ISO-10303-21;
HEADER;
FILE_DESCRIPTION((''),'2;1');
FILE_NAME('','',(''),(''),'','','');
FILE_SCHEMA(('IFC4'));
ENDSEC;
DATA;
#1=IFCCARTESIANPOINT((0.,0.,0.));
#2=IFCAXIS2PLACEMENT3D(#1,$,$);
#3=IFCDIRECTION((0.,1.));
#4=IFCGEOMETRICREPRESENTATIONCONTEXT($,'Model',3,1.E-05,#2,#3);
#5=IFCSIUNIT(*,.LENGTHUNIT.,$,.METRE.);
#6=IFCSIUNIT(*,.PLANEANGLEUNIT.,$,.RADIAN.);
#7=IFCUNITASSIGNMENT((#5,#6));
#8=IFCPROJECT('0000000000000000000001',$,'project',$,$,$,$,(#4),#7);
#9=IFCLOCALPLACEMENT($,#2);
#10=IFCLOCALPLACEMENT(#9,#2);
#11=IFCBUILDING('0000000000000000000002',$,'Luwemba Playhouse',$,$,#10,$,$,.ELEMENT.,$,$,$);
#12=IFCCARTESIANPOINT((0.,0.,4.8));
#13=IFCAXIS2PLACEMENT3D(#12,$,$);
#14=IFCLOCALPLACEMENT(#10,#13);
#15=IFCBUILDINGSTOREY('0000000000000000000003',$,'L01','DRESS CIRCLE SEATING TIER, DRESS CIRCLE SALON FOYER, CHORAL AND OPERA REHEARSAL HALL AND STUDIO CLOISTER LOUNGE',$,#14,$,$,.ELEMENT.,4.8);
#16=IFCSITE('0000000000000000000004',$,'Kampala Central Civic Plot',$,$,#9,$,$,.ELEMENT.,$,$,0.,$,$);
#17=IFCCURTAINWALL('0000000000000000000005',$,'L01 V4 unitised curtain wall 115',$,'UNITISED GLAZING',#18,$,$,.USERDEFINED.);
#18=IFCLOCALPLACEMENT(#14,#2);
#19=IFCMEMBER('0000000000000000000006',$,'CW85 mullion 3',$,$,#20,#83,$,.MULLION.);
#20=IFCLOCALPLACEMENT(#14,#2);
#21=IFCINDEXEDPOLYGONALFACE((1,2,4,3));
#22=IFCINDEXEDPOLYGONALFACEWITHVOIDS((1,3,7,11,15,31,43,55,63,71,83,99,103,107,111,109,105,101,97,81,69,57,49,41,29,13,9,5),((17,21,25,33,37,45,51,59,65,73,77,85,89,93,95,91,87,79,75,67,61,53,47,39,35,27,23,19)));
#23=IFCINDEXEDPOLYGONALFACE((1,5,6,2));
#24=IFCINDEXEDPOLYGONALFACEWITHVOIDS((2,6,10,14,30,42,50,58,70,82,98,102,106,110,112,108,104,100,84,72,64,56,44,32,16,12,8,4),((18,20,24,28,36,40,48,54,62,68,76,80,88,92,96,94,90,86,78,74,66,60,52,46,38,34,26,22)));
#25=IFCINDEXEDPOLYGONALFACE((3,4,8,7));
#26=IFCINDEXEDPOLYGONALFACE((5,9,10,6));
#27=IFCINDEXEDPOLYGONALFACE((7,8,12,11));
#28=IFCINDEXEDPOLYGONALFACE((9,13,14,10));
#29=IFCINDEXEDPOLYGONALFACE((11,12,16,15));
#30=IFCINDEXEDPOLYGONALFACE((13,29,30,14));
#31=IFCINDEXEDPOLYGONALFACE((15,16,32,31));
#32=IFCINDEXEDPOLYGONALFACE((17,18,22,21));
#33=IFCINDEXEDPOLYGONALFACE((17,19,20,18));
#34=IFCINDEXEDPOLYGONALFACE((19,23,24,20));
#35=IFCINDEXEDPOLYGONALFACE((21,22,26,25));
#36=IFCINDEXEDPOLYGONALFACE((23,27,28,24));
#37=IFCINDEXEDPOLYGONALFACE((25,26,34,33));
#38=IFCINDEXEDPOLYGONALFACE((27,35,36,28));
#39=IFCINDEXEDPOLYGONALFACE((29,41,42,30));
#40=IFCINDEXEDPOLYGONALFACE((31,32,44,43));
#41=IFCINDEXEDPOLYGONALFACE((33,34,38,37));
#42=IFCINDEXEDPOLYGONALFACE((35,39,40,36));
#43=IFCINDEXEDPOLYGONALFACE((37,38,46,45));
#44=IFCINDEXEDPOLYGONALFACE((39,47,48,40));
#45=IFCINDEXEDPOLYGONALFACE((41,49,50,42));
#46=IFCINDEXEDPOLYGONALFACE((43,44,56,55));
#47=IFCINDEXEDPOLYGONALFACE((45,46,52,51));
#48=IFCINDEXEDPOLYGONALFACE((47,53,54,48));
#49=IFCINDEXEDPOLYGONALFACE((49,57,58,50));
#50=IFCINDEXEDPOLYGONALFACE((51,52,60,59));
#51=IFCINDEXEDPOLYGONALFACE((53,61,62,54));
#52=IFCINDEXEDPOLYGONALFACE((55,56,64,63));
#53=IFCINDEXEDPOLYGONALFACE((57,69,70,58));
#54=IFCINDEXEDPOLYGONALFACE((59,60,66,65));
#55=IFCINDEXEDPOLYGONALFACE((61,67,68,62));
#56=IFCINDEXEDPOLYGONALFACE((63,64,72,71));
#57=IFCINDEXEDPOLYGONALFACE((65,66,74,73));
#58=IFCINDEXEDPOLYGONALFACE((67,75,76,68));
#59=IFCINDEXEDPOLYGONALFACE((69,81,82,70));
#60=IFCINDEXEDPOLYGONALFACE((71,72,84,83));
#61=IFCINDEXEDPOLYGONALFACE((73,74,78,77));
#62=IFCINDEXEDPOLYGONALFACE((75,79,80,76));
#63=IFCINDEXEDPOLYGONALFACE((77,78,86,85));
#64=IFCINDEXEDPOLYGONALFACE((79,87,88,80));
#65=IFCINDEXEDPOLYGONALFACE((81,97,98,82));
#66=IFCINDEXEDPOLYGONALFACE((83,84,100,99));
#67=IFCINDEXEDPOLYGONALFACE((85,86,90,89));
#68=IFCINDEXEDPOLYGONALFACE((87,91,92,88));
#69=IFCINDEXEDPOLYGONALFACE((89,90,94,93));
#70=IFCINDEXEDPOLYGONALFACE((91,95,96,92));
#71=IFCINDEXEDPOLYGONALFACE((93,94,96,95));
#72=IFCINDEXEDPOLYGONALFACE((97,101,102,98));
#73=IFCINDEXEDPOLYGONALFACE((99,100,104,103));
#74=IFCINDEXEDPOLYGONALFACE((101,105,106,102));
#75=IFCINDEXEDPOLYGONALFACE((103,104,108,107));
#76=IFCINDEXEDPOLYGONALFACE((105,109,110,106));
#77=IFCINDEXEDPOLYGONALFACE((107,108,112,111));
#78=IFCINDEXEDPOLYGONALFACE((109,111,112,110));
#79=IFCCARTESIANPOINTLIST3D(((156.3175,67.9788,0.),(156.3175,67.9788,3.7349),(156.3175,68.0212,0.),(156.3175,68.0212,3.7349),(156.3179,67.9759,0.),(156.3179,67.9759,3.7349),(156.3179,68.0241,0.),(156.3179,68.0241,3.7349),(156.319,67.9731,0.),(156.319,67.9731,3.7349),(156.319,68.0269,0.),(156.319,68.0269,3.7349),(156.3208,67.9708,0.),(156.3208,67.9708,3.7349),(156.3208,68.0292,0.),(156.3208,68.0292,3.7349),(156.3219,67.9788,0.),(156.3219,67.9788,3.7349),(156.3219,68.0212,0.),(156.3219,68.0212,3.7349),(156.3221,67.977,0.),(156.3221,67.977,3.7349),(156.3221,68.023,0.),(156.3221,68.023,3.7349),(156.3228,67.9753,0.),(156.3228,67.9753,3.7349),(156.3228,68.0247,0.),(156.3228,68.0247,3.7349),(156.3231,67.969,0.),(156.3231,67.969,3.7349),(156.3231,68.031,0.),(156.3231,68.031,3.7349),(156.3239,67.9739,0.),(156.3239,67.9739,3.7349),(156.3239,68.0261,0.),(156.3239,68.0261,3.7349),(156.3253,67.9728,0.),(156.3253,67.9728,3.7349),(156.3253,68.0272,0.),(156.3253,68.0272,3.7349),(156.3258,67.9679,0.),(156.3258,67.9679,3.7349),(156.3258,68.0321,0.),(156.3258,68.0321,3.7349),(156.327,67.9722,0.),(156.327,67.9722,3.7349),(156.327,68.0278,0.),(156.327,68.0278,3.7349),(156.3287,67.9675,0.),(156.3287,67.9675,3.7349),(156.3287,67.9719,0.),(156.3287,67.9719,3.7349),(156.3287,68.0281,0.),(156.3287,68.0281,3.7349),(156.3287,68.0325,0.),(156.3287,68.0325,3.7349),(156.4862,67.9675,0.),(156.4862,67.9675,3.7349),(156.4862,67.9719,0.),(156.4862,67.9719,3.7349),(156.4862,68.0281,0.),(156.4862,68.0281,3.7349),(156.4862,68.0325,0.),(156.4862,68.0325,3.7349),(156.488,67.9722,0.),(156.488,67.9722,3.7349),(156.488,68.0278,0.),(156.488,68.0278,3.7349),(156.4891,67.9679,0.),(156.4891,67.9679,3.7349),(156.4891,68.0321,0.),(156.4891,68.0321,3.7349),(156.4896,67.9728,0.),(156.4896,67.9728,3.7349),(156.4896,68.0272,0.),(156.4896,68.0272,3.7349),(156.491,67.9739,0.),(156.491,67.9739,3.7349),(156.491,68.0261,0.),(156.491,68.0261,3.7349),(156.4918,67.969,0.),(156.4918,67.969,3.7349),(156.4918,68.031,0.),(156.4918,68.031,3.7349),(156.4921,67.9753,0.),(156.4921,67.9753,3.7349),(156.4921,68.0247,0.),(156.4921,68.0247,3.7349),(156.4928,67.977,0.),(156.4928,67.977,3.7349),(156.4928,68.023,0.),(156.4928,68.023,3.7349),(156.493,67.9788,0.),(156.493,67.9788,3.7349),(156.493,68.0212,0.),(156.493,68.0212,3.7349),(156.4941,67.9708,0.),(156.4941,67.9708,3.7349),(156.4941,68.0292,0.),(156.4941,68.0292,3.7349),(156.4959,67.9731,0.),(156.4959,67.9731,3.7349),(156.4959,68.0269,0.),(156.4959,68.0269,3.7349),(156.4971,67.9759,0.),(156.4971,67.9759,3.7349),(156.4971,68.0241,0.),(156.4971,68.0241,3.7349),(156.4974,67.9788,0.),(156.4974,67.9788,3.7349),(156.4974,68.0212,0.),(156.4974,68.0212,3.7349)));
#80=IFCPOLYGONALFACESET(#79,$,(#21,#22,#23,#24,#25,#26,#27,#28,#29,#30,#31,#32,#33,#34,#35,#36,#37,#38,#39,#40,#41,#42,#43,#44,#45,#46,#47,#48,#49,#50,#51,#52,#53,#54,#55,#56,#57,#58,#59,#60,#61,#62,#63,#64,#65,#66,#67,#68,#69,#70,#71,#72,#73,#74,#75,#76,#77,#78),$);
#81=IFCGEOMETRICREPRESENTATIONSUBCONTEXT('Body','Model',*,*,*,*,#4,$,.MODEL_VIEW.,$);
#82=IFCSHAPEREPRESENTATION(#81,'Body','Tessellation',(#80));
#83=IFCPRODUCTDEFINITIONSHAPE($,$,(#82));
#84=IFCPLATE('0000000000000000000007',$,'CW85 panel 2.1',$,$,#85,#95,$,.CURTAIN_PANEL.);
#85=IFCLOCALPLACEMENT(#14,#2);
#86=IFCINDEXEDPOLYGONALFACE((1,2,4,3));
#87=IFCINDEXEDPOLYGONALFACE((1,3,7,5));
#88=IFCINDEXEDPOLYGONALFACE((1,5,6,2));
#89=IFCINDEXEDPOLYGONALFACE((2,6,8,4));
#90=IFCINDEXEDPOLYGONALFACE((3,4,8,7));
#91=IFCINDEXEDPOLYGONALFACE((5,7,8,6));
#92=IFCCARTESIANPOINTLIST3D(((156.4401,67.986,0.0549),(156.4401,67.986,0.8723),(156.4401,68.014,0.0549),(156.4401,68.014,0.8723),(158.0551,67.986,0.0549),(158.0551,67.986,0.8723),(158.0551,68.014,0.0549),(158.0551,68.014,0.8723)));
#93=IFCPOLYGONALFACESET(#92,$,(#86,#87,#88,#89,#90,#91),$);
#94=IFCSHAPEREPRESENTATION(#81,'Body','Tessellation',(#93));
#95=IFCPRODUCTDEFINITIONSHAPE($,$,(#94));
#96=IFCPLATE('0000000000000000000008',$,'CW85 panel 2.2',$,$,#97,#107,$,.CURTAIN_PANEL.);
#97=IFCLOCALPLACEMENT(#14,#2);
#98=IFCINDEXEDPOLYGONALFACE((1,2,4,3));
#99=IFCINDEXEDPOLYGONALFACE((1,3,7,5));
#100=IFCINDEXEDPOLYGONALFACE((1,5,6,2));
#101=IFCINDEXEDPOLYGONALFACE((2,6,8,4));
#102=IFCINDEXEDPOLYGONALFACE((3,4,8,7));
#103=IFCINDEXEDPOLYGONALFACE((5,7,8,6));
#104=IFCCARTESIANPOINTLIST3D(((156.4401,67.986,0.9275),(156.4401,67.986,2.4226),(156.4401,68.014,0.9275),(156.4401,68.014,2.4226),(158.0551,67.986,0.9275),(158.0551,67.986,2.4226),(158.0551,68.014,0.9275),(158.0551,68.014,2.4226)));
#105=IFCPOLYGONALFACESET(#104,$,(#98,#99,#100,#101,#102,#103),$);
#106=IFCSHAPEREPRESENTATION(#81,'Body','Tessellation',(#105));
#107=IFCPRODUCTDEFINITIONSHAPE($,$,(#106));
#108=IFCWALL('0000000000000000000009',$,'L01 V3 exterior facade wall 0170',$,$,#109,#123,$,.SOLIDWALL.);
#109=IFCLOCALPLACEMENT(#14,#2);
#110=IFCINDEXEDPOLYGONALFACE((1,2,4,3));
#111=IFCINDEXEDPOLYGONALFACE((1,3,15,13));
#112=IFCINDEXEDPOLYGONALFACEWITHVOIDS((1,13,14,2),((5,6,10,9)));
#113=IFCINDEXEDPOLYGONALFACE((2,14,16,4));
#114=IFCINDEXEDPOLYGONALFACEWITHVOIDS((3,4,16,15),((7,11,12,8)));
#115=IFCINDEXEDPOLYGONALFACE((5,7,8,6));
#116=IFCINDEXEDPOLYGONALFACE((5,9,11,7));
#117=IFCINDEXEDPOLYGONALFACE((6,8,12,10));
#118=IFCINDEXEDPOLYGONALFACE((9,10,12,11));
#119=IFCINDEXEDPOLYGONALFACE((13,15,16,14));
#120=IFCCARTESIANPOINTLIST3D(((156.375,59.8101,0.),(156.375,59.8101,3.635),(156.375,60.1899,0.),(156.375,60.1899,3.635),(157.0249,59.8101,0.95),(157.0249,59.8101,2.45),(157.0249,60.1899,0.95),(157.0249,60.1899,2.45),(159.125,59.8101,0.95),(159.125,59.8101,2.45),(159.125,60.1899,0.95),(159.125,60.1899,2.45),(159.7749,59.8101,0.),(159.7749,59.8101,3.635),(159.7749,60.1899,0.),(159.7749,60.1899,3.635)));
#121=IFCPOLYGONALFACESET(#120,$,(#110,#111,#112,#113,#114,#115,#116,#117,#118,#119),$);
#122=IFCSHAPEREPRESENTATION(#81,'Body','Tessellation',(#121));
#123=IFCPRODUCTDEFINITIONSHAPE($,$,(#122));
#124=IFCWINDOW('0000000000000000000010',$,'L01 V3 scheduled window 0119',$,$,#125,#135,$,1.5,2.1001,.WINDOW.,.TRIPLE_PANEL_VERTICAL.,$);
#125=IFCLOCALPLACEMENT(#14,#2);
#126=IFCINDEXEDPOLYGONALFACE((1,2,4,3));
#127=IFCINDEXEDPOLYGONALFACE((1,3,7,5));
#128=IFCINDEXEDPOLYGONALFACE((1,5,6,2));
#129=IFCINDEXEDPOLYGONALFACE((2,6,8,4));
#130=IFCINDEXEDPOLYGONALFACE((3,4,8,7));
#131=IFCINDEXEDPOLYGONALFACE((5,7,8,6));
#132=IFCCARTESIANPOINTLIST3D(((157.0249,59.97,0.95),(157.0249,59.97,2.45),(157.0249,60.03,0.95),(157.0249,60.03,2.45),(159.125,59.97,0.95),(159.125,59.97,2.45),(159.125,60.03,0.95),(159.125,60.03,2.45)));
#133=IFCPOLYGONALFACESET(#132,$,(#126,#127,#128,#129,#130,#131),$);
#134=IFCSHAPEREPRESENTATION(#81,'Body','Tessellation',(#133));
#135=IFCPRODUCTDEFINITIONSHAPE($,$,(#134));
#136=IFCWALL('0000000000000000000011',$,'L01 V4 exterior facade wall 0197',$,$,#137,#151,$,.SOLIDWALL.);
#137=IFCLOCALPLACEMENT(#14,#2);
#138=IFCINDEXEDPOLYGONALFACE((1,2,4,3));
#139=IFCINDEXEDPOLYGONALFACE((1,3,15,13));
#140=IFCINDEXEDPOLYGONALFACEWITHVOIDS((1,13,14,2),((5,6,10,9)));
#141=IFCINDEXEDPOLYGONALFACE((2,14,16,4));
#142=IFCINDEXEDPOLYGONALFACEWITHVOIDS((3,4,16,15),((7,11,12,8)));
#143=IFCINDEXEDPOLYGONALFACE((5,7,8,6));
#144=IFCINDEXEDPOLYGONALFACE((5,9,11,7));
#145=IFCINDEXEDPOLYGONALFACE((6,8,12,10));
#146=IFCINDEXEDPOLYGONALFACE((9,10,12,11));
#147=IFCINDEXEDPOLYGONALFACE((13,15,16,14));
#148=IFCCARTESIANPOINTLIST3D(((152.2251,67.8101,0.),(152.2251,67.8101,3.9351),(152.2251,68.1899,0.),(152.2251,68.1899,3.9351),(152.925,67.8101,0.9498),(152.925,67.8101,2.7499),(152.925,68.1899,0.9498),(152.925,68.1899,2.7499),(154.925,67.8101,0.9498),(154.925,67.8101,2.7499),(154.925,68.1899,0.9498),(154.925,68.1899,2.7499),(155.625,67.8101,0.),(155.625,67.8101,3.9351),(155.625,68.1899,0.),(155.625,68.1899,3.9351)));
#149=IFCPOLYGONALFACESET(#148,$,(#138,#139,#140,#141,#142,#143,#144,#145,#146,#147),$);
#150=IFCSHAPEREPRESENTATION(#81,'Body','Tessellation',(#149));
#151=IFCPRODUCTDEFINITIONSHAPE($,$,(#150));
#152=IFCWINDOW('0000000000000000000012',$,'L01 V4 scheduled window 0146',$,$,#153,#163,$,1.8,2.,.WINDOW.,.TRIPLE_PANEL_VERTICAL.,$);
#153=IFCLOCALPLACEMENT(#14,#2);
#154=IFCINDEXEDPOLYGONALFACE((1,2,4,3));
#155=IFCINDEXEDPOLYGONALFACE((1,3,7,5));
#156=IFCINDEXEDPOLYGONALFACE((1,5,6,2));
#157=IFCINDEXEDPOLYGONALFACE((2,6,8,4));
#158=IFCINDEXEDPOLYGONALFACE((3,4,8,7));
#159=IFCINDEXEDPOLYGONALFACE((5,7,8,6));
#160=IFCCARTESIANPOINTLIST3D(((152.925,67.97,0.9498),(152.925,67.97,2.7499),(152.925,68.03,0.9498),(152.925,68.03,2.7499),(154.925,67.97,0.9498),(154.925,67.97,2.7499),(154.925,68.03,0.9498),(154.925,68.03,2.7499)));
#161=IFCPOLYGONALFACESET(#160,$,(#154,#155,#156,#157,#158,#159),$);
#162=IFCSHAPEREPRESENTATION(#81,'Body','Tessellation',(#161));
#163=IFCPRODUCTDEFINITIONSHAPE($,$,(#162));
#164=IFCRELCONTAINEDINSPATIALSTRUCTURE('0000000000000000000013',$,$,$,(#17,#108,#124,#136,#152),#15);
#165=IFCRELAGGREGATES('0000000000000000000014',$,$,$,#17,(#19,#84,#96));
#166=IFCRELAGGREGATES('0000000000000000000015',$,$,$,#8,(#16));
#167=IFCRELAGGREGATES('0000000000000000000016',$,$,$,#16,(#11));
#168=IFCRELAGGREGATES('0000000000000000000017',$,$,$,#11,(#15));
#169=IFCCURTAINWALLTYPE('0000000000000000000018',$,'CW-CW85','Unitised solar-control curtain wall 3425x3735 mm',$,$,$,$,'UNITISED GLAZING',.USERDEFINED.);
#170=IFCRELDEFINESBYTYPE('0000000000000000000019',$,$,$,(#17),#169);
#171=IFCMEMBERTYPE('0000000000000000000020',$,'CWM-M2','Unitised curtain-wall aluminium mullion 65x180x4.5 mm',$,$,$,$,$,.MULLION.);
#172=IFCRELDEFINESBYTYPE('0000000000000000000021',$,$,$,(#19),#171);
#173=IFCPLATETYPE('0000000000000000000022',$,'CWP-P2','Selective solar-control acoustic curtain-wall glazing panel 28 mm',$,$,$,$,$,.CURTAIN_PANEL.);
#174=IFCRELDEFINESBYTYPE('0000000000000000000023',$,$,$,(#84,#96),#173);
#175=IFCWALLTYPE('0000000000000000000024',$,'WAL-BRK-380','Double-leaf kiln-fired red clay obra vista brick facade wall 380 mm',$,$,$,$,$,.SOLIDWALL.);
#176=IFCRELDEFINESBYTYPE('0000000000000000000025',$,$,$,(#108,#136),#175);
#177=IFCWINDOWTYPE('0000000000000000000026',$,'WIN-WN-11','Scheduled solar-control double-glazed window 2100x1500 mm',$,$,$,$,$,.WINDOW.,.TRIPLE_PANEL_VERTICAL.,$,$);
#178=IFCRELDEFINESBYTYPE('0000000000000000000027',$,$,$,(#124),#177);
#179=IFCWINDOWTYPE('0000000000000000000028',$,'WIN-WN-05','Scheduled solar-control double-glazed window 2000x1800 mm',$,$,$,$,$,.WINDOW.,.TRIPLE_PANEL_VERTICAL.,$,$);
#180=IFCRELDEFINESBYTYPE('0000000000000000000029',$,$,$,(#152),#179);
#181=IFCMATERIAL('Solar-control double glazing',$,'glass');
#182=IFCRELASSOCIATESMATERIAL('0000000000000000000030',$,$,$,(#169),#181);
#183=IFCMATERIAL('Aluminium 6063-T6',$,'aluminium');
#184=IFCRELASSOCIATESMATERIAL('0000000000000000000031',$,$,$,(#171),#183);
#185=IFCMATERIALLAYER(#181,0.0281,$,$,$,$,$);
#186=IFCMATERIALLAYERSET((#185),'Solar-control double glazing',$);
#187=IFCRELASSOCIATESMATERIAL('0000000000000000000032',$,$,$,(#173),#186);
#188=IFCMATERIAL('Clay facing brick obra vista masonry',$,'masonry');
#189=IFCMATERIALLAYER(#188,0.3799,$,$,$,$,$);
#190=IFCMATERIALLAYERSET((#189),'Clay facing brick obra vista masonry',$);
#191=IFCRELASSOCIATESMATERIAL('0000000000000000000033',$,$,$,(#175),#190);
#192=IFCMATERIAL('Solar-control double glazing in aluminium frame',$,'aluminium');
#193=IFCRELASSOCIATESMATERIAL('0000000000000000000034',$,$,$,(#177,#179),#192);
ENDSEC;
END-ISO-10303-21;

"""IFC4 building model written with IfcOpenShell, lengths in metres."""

from ifc_helpers import new_model, si_unit, direction, frame, frame_2d, origin, origin_2d, place, context, subcontext, project, spatial, rectangle, hollow_rectangle, extrude, material, layer, layer_set, material_profile, profile_set, type_object, element, fill, aggregate, save


model = new_model("IFC4")

# Units and contexts
model_context = context("Model", 3, precision=1e-05, world=origin(), true_north=direction((0.0, 1.0)))
body_context = subcontext(model_context, "Body", "Model", "MODEL_VIEW")
ifc_project = project(units=[si_unit("LENGTHUNIT", "METRE"), si_unit("PLANEANGLEUNIT", "RADIAN")], contexts=[model_context])

# Site, building, storey
site_placement = place(None, origin())
site = spatial("IfcSite", under=ifc_project, at=site_placement, Name="Kampala Central Civic Plot", CompositionType="ELEMENT", RefElevation=0.0)
building_placement = place(site_placement, origin())
building = spatial("IfcBuilding", under=site, at=building_placement, Name="Luwemba Playhouse", CompositionType="ELEMENT")
storey_placement = place(building_placement, frame((0.0, 0.0, 4.8)))
storey = spatial("IfcBuildingStorey", under=building, at=storey_placement, Name="L01", Description="DRESS CIRCLE SEATING TIER, DRESS CIRCLE SALON FOYER, CHORAL AND OPERA REHEARSAL HALL AND STUDIO CLOISTER LOUNGE", CompositionType="ELEMENT", Elevation=4.8)

# Curtain wall, member, plates
ifc_material_1 = material(Name="Solar-control double glazing", Category="glass")
curtain_wall_type = type_object("IfcCurtainWallType", Name="CW-CW85", Description="Unitised solar-control curtain wall 3425x3735 mm", ElementType="UNITISED GLAZING", PredefinedType="USERDEFINED", material=ifc_material_1)
curtain_wall_placement = place(storey_placement, origin())
curtain_wall = element("IfcCurtainWall", 1, at=curtain_wall_placement, inside=storey, type_object=curtain_wall_type, Name="L01 V4 unitised curtain wall 115", ObjectType="UNITISED GLAZING", PredefinedType="USERDEFINED")
ifc_material_2 = material(Name="Aluminium 6063-T6", Category="aluminium")
ifc_material_profile_1 = material_profile(ifc_material_2, hollow_rectangle(XDim=0.0649, YDim=0.1799, WallThickness=0.0044, InnerFilletRadius=0.0068, OuterFilletRadius=0.0112, at=origin_2d()))
ifc_profile_set_1 = profile_set([ifc_material_profile_1], Name="Aluminium 6063-T6")
member_type = type_object("IfcMemberType", Name="CWM-M2", Description="Unitised curtain-wall aluminium mullion 65x180x4.5 mm", PredefinedType="MULLION", material=ifc_profile_set_1)
member_placement = place(storey_placement, frame((156.4075, 68.0, 0.0), z_axis=(0.0, 0.0, 1.0), x_axis=(0.0, -1.0, 0.0)))
member = element("IfcMember", 2, at=member_placement, type_object=member_type, Name="CW85 mullion 3", PredefinedType="MULLION", context=body_context, shape_type="SweptSolid", body=[
    extrude(hollow_rectangle(XDim=0.0649, YDim=0.1799, WallThickness=0.0044, InnerFilletRadius=0.0068, OuterFilletRadius=0.0112, at=origin_2d()), origin(), (0.0, 0.0, 1.0), 3.7349),
])
ifc_layer_1 = layer(ifc_material_1, 0.0281)
ifc_layer_set_1 = layer_set([ifc_layer_1], Name="Solar-control double glazing")
plate_type = type_object("IfcPlateType", Name="CWP-P2", Description="Selective solar-control acoustic curtain-wall glazing panel 28 mm", PredefinedType="CURTAIN_PANEL", material=ifc_layer_set_1)
plate_1_placement = place(storey_placement, frame((157.2476, 68.0, 0.0549), z_axis=(0.0, 0.0, 1.0), x_axis=(-1.0, 0.0, 0.0)))
plate_1 = element("IfcPlate", 3, at=plate_1_placement, type_object=plate_type, Name="CW85 panel 2.1", PredefinedType="CURTAIN_PANEL", context=body_context, shape_type="SweptSolid", body=[
    extrude(rectangle(XDim=1.615, YDim=0.0281, at=origin_2d()), origin(), (0.0, 0.0, 1.0), 0.8174),
])
plate_2_placement = place(storey_placement, frame((157.2476, 68.0, 0.9275), z_axis=(0.0, 0.0, 1.0), x_axis=(-1.0, 0.0, 0.0)))
plate_2 = element("IfcPlate", 4, at=plate_2_placement, type_object=plate_type, Name="CW85 panel 2.2", PredefinedType="CURTAIN_PANEL", context=body_context, shape_type="SweptSolid", body=[
    extrude(rectangle(XDim=1.615, YDim=0.0281, at=origin_2d()), origin(), (0.0, 0.0, 1.0), 1.4951),
])
aggregate(curtain_wall, [member, plate_1, plate_2])

# Walls, openings, windows
ifc_material_3 = material(Name="Clay facing brick obra vista masonry", Category="masonry")
ifc_layer_2 = layer(ifc_material_3, 0.3799)
ifc_layer_set_2 = layer_set([ifc_layer_2], Name="Clay facing brick obra vista masonry")
wall_type_1 = type_object("IfcWallType", Name="WAL-BRK-380", Description="Double-leaf kiln-fired red clay obra vista brick facade wall 380 mm", PredefinedType="SOLIDWALL", material=ifc_layer_set_2)
wall_1_placement = place(storey_placement, frame((156.375, 60.0, 0.0), z_axis=(0.0, 0.0, 1.0), x_axis=(1.0, 0.0, 0.0)))
wall_1 = element("IfcWall", 5, at=wall_1_placement, inside=storey, type_object=wall_type_1, Name="L01 V3 exterior facade wall 0170", PredefinedType="SOLIDWALL", context=body_context, shape_type="SweptSolid", body=[
    extrude(rectangle(XDim=3.3999, YDim=0.3799, at=frame_2d((1.7, 0.0))), origin(), (0.0, 0.0, 1.0), 3.635),
])
opening_1_placement = place(wall_1_placement, frame((0.6499, 0.0, 0.95)))
opening_1 = element("IfcOpeningElement", 6, at=opening_1_placement, cuts=wall_1, PredefinedType="OPENING", context=body_context, shape_type="SweptSolid", body=[
    extrude(rectangle(XDim=2.1001, YDim=1.5, at=frame_2d((1.05, 0.75))), frame((0.0, 0.2, 0.0), z_axis=(0.0, -1.0, 0.0), x_axis=(1.0, 0.0, 0.0)), (0.0, 0.0, 1.0), 0.3999),
])
ifc_material_4 = material(Name="Solar-control double glazing in aluminium frame", Category="aluminium")
window_type_1 = type_object("IfcWindowType", Name="WIN-WN-11", Description="Scheduled solar-control double-glazed window 2100x1500 mm", PartitioningType="TRIPLE_PANEL_VERTICAL", PredefinedType="WINDOW", material=ifc_material_4)
window_1_placement = place(opening_1_placement, origin())
window_1 = element("IfcWindow", 7, at=window_1_placement, inside=storey, type_object=window_type_1, Name="L01 V3 scheduled window 0119", OverallHeight=1.5, OverallWidth=2.1001, PartitioningType="TRIPLE_PANEL_VERTICAL", PredefinedType="WINDOW", context=body_context, shape_type="SweptSolid", body=[
    extrude(rectangle(XDim=2.1001, YDim=1.5, at=frame_2d((1.05, 0.75))), frame((0.0, 0.03, 0.0), z_axis=(0.0, -1.0, 0.0), x_axis=(1.0, 0.0, 0.0)), (0.0, 0.0, 1.0), 0.0601),
])
fill(opening_1, window_1)
wall_2_placement = place(storey_placement, frame((155.625, 68.0, 0.0), z_axis=(0.0, 0.0, 1.0), x_axis=(-1.0, 0.0, 0.0)))
wall_2 = element("IfcWall", 8, at=wall_2_placement, inside=storey, type_object=wall_type_1, Name="L01 V4 exterior facade wall 0197", PredefinedType="SOLIDWALL", context=body_context, shape_type="SweptSolid", body=[
    extrude(rectangle(XDim=3.3999, YDim=0.3799, at=frame_2d((1.7, 0.0))), origin(), (0.0, 0.0, 1.0), 3.9351),
])
opening_2_placement = place(wall_2_placement, frame((0.7, 0.0, 0.95)))
opening_2 = element("IfcOpeningElement", 9, at=opening_2_placement, cuts=wall_2, PredefinedType="OPENING", context=body_context, shape_type="SweptSolid", body=[
    extrude(rectangle(XDim=2.0, YDim=1.8, at=frame_2d((1.0, 0.8999))), frame((0.0, 0.2, 0.0), z_axis=(0.0, -1.0, 0.0), x_axis=(1.0, 0.0, 0.0)), (0.0, 0.0, 1.0), 0.3999),
])
window_type_2 = type_object("IfcWindowType", Name="WIN-WN-05", Description="Scheduled solar-control double-glazed window 2000x1800 mm", PartitioningType="TRIPLE_PANEL_VERTICAL", PredefinedType="WINDOW", material=ifc_material_4)
window_2_placement = place(opening_2_placement, origin())
window_2 = element("IfcWindow", 10, at=window_2_placement, inside=storey, type_object=window_type_2, Name="L01 V4 scheduled window 0146", OverallHeight=1.8, OverallWidth=2.0, PartitioningType="TRIPLE_PANEL_VERTICAL", PredefinedType="WINDOW", context=body_context, shape_type="SweptSolid", body=[
    extrude(rectangle(XDim=2.0, YDim=1.8, at=frame_2d((1.0, 0.8999))), frame((0.0, 0.03, 0.0), z_axis=(0.0, -1.0, 0.0), x_axis=(1.0, 0.0, 0.0)), (0.0, 0.0, 1.0), 0.0601),
])
fill(opening_2, window_2)

save(model, "model.ifc")
